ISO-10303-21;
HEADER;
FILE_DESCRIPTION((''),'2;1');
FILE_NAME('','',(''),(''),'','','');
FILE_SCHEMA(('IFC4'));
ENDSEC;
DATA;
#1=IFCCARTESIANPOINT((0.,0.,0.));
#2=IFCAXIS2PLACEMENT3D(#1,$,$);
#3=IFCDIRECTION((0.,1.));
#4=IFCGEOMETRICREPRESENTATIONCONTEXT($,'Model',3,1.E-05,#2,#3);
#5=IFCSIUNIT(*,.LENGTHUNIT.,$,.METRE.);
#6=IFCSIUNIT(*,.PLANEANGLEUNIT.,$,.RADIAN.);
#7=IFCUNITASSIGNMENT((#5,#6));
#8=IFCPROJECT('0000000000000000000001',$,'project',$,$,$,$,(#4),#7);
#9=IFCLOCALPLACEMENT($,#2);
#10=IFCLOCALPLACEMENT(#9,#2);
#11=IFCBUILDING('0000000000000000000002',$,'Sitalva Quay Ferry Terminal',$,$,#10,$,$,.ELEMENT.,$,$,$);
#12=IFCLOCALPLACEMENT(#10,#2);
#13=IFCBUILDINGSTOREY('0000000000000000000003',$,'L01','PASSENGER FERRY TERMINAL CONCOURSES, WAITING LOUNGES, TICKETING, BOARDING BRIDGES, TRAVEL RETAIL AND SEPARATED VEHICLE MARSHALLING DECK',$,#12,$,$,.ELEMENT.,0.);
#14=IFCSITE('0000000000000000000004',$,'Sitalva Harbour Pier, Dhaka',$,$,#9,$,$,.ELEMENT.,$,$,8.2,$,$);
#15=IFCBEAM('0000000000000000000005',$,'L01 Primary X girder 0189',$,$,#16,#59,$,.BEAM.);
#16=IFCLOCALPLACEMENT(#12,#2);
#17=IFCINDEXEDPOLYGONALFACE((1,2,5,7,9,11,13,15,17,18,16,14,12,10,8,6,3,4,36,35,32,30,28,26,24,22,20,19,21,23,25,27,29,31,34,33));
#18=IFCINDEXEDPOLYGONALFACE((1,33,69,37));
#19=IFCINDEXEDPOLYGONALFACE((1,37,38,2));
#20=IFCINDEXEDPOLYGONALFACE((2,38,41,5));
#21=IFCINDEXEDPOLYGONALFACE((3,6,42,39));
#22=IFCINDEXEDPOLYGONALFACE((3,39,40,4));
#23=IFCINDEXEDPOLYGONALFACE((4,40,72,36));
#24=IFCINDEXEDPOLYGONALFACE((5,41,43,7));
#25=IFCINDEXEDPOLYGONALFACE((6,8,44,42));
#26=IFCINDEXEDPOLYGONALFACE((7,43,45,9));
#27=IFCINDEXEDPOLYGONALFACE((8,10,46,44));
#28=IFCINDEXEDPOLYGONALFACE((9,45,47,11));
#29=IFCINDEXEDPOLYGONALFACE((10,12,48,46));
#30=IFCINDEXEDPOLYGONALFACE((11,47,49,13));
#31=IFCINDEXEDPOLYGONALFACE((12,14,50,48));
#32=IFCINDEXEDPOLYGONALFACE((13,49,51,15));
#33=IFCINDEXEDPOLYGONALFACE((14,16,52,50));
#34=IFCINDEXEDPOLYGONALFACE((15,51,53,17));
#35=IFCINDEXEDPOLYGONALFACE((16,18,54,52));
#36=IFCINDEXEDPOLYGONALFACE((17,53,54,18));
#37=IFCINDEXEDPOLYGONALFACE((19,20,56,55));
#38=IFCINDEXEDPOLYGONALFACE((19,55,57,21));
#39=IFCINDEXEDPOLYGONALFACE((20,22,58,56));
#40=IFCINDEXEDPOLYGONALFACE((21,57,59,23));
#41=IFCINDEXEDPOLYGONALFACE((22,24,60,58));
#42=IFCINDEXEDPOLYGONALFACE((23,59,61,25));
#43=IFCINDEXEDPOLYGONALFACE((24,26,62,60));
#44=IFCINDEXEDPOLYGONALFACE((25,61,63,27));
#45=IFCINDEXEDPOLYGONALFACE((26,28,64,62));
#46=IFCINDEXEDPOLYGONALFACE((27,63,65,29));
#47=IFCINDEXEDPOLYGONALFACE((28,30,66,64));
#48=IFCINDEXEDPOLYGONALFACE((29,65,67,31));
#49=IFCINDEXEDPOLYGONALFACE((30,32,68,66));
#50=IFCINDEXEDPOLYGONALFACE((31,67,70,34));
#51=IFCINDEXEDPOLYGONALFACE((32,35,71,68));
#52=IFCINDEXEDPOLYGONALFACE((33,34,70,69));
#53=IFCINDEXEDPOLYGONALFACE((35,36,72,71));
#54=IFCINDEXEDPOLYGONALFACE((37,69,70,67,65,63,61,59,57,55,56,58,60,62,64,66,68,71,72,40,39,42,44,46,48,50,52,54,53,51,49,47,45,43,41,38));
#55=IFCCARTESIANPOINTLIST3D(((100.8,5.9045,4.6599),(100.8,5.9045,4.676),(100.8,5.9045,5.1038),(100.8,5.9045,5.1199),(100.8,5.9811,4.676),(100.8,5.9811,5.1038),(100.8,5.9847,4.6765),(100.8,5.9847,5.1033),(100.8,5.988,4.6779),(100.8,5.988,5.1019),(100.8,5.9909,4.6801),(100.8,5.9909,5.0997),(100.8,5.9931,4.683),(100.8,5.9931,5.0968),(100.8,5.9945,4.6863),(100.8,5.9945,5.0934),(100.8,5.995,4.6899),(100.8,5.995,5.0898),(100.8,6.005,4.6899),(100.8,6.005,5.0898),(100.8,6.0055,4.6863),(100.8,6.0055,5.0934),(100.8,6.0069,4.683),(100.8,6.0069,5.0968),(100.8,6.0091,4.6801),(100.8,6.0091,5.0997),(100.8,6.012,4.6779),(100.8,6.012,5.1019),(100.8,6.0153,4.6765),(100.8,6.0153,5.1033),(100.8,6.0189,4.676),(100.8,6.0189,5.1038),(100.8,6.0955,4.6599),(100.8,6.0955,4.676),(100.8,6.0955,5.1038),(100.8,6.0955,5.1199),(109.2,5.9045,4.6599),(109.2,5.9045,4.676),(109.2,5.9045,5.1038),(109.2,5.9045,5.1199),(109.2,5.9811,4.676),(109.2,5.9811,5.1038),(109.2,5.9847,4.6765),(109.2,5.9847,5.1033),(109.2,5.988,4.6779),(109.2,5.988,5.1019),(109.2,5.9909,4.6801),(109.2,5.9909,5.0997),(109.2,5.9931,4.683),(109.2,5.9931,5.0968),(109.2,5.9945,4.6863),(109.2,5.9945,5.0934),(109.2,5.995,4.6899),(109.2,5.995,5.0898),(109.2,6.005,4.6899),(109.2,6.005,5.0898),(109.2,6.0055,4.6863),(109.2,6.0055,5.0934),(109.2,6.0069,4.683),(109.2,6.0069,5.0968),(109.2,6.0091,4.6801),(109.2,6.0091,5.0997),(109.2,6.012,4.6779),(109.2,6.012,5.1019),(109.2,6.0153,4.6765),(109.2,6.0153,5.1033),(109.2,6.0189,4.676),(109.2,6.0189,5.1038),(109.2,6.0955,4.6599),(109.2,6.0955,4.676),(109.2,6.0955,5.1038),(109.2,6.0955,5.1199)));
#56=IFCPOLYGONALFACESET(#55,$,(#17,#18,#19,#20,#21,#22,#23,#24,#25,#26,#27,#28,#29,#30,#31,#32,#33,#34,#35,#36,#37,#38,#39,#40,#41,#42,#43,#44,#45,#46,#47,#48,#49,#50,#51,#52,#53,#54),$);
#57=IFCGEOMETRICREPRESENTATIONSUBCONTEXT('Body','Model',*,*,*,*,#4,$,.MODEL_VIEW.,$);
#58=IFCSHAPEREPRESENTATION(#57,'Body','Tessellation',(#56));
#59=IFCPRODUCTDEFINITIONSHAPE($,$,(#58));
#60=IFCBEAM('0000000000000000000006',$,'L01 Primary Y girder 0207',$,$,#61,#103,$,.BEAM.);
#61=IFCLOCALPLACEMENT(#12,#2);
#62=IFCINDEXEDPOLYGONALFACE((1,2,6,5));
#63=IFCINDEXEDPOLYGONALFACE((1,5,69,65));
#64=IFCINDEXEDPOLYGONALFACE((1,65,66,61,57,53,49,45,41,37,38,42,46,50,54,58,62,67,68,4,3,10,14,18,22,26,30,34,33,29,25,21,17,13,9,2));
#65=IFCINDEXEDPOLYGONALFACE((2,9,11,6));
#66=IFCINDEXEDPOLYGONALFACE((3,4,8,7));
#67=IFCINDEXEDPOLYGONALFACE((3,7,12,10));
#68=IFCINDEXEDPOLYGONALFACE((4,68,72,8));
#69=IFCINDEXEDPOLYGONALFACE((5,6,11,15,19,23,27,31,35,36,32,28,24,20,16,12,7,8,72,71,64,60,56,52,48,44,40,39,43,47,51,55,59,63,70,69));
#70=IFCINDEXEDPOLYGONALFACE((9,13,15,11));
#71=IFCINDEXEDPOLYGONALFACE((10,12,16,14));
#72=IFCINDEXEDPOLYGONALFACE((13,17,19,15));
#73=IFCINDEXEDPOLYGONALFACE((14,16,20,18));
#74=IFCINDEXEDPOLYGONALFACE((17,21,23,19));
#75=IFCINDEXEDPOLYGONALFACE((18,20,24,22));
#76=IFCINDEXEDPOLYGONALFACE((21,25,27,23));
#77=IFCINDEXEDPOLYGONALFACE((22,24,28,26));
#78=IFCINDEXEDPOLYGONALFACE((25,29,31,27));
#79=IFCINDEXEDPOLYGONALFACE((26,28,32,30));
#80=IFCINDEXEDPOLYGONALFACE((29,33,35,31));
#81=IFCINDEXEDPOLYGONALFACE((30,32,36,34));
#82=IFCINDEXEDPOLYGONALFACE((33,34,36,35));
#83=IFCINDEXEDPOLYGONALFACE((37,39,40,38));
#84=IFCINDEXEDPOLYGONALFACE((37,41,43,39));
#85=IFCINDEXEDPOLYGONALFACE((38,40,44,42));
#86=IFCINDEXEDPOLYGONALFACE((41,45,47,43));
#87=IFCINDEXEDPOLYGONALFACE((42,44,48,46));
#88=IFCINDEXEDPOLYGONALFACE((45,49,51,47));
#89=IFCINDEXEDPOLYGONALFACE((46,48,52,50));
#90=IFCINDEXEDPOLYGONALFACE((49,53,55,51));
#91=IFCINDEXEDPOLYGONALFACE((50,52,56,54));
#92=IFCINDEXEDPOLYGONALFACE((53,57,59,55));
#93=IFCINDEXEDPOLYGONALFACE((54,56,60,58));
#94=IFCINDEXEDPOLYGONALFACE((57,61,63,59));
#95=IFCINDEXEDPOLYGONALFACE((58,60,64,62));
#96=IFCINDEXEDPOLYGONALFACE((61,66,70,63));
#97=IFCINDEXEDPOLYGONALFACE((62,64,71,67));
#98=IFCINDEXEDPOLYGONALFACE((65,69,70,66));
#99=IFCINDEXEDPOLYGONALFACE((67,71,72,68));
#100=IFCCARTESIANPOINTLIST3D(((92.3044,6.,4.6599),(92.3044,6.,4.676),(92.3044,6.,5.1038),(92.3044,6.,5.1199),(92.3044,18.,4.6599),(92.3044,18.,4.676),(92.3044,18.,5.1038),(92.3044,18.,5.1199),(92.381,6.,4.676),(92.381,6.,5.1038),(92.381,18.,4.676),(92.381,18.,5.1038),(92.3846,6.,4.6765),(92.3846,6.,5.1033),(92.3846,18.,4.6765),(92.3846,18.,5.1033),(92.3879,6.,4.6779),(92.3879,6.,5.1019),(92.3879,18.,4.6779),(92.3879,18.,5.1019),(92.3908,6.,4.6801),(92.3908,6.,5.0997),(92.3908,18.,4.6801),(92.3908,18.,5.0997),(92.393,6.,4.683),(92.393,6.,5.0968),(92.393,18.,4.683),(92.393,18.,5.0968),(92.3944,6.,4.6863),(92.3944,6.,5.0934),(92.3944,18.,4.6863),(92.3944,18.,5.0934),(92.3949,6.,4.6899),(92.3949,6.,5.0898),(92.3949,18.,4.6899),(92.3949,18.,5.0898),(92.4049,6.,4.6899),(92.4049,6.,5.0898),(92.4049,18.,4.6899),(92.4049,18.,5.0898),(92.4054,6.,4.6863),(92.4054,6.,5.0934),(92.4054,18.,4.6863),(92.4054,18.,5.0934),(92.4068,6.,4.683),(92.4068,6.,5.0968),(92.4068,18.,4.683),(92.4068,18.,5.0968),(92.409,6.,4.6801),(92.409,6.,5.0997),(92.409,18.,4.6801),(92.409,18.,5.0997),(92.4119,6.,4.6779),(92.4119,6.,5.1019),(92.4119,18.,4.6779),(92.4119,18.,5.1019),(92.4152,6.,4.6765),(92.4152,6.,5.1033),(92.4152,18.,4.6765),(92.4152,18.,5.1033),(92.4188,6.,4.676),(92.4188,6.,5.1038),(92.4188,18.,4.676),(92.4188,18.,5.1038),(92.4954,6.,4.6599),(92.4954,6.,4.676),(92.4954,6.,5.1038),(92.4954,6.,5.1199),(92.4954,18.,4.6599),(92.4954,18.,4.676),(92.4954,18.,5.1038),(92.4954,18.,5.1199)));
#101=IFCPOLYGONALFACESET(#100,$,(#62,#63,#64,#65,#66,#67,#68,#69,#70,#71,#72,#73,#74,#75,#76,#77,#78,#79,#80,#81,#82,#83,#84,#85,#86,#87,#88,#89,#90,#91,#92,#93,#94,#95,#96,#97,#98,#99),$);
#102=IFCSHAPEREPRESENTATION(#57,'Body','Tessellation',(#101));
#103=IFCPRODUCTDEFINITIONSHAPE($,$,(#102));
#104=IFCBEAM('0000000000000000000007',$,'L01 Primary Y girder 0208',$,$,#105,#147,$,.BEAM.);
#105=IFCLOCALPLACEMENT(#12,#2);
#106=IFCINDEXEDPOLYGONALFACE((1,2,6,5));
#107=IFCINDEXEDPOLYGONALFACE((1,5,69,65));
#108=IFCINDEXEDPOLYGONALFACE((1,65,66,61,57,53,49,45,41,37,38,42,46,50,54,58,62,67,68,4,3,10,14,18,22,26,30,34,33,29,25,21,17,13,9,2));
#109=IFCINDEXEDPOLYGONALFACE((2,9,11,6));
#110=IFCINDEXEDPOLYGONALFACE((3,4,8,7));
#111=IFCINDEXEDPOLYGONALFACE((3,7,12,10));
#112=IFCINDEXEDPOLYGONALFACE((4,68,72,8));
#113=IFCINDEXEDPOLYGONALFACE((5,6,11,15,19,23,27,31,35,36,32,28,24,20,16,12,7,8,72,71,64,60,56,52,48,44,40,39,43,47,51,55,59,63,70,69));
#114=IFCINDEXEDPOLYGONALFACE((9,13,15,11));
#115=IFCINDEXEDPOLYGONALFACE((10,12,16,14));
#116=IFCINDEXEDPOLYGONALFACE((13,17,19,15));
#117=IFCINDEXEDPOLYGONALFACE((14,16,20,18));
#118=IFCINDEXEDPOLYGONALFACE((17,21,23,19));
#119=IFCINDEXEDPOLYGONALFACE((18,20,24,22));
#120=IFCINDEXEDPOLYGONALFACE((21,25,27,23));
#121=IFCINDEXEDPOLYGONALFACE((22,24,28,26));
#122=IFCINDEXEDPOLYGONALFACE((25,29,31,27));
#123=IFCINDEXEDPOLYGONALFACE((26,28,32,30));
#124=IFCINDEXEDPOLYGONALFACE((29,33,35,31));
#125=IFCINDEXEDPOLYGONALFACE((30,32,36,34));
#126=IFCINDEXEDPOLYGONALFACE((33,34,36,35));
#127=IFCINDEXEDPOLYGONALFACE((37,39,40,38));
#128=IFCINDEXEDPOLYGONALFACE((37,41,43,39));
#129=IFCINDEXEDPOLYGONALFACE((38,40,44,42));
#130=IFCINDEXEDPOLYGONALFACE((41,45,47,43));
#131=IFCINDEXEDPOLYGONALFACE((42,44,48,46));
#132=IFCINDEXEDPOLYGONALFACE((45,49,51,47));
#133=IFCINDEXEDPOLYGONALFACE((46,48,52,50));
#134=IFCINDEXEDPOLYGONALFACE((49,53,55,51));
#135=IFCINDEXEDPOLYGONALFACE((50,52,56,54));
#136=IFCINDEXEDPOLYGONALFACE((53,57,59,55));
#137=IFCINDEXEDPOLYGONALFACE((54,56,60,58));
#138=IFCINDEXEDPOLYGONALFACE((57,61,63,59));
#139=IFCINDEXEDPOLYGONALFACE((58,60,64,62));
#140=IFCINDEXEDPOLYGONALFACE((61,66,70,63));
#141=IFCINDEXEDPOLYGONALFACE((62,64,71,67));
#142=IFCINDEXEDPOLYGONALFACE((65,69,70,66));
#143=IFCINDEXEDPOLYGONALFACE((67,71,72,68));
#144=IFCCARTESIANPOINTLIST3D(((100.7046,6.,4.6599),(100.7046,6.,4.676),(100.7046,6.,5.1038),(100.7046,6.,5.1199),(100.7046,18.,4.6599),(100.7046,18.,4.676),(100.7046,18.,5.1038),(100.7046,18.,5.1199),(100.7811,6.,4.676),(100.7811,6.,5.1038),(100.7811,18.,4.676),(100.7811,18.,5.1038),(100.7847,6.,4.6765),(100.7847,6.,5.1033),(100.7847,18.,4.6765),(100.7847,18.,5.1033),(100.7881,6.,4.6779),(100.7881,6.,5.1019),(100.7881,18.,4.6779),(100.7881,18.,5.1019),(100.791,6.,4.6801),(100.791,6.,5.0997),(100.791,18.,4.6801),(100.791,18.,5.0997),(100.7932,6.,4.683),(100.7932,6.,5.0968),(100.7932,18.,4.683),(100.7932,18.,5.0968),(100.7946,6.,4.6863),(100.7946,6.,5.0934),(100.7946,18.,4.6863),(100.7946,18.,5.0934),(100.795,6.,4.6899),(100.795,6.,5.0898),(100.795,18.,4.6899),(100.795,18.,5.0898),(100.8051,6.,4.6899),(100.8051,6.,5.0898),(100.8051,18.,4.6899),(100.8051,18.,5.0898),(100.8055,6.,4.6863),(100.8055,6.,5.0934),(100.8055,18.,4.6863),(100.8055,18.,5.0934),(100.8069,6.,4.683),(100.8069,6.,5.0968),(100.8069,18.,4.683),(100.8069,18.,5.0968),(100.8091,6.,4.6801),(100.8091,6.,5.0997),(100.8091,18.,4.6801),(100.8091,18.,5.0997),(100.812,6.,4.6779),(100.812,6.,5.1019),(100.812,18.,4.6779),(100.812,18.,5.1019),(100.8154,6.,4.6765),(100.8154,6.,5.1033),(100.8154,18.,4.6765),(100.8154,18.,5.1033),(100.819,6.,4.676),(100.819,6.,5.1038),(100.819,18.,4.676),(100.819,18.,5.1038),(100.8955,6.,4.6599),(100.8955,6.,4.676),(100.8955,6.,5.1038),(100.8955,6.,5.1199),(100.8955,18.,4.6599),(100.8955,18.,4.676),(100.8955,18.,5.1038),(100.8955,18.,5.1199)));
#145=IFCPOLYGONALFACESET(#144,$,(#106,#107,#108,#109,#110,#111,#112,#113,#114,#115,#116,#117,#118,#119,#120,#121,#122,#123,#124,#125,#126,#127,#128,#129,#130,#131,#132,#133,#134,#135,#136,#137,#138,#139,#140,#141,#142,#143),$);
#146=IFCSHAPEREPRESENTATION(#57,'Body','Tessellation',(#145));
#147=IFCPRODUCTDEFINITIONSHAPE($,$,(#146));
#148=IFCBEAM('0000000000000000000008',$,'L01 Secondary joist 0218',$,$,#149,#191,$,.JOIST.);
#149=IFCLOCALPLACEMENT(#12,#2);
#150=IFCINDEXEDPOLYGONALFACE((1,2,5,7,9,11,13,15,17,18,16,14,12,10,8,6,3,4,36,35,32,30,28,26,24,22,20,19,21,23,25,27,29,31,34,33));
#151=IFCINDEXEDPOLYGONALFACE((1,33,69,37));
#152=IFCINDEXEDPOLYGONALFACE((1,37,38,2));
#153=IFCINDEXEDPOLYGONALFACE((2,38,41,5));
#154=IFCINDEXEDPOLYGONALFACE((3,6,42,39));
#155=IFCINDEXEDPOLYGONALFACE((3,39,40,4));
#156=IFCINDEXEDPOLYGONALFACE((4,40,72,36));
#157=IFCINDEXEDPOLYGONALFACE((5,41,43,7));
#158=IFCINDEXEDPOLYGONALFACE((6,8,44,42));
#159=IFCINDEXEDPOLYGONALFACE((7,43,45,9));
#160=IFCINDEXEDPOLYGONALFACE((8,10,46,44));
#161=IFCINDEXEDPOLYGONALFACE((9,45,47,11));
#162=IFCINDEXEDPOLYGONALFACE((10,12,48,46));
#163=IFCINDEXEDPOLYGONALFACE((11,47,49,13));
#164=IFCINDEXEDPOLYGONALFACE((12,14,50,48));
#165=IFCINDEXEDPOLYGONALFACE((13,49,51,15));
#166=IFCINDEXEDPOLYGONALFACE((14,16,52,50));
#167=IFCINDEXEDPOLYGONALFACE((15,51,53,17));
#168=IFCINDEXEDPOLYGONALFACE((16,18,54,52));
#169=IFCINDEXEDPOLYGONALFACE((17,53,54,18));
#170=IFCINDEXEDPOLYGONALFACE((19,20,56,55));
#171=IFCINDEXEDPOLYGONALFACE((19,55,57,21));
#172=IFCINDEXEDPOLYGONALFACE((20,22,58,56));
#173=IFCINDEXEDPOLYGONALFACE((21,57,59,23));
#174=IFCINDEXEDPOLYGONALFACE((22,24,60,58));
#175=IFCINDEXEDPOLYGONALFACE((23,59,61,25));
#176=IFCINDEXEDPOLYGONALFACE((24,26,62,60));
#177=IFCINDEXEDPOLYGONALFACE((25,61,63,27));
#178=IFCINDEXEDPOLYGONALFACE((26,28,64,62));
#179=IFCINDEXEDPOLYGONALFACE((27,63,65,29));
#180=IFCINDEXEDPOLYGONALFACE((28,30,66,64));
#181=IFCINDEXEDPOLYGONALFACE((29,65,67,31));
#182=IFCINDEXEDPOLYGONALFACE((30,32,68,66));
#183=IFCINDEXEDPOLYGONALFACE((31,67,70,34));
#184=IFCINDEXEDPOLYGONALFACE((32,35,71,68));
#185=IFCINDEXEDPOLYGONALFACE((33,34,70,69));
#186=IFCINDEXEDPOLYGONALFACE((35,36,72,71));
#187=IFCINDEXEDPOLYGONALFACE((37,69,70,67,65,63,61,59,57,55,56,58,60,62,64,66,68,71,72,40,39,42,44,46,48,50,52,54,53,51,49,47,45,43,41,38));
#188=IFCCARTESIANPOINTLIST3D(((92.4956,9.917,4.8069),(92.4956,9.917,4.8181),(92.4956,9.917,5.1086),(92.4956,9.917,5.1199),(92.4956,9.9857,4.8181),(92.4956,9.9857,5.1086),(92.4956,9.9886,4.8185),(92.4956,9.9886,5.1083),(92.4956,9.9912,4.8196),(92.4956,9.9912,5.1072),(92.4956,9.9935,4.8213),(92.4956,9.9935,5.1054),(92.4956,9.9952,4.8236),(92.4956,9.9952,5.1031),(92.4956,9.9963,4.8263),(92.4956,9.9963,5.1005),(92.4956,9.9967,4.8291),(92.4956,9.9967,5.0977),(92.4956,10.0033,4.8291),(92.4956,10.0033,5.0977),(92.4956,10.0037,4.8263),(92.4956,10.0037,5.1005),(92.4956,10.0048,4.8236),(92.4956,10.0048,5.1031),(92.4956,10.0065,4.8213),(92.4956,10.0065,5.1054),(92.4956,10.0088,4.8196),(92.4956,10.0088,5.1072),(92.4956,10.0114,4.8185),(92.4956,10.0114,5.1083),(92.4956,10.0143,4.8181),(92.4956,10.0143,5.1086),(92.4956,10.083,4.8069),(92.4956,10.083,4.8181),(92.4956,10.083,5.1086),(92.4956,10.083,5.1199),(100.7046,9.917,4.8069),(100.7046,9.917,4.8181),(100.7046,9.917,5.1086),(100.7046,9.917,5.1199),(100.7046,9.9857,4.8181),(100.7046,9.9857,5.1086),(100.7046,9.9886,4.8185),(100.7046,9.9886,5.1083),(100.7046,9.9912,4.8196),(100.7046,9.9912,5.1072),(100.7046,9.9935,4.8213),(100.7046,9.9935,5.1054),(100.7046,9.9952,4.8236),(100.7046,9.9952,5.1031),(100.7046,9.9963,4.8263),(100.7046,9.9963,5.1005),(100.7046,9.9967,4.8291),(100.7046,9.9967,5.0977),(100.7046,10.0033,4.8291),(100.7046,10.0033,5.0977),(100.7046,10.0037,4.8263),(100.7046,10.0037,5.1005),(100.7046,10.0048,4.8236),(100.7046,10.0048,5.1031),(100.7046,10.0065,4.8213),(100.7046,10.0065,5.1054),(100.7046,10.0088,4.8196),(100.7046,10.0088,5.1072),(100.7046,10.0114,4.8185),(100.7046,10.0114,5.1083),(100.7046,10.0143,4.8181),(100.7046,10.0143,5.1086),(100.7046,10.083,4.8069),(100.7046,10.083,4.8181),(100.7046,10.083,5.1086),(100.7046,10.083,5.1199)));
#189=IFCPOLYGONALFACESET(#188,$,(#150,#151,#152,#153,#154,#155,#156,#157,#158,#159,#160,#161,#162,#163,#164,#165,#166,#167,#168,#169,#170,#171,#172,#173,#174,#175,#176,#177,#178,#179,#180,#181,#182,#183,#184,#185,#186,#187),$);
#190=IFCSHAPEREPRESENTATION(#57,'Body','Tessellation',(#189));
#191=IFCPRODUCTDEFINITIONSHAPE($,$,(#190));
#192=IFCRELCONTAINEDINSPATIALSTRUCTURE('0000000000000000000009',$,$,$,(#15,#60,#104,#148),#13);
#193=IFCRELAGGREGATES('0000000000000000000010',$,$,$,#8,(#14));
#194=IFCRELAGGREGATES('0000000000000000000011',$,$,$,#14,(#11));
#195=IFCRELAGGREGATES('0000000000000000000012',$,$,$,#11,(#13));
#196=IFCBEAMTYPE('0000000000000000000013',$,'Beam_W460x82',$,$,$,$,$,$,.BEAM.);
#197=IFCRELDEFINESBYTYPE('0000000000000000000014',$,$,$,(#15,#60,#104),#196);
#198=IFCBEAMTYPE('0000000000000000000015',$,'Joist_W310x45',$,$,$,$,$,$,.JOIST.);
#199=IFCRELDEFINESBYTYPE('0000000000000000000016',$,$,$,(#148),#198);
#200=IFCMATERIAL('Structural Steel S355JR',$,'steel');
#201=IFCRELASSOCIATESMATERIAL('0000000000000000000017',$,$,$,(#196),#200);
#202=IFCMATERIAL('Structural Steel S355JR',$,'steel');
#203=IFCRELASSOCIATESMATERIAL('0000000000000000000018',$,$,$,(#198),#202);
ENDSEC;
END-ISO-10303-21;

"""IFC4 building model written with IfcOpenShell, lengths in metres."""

from ifc_helpers import new_model, si_unit, direction, frame, origin, origin_2d, place, context, subcontext, project, spatial, i_section, extrude, material, material_profile, profile_set, type_object, element, save


model = new_model("IFC4")

# Units and contexts
model_context = context("Model", 3, precision=1e-05, world=origin(), true_north=direction((0.0, 1.0)))
body_context = subcontext(model_context, "Body", "Model", "MODEL_VIEW")
ifc_project = project(units=[si_unit("LENGTHUNIT", "METRE"), si_unit("PLANEANGLEUNIT", "RADIAN")], contexts=[model_context])

# Site, building, storey
site_placement = place(None, origin())
site = spatial("IfcSite", under=ifc_project, at=site_placement, Name="Sitalva Harbour Pier, Dhaka", CompositionType="ELEMENT", RefElevation=8.2)
building_placement = place(site_placement, origin())
building = spatial("IfcBuilding", under=site, at=building_placement, Name="Sitalva Quay Ferry Terminal", CompositionType="ELEMENT")
storey_placement = place(building_placement, origin())
storey = spatial("IfcBuildingStorey", under=building, at=storey_placement, Name="L01", Description="PASSENGER FERRY TERMINAL CONCOURSES, WAITING LOUNGES, TICKETING, BOARDING BRIDGES, TRAVEL RETAIL AND SEPARATED VEHICLE MARSHALLING DECK", CompositionType="ELEMENT", Elevation=0.0)

# Beams
ifc_material_1 = material(Name="Structural Steel S355JR", Category="steel")
ifc_material_profile_1 = material_profile(ifc_material_1, i_section(OverallWidth=0.1909, OverallDepth=0.46, WebThickness=0.01, FlangeThickness=0.0161, FilletRadius=0.0139, at=origin_2d()), Name="W460x82")
ifc_profile_set_1 = profile_set([ifc_material_profile_1], Name="Structural Steel S355JR")
beam_type_1 = type_object("IfcBeamType", Name="Beam_W460x82", PredefinedType="BEAM", material=ifc_profile_set_1)
beam_1_placement = place(storey_placement, frame((100.8, 6.0, 4.8899), z_axis=(1.0, 0.0, 0.0), x_axis=(0.0, 1.0, 0.0)))
element("IfcBeam", 1, at=beam_1_placement, inside=storey, type_object=beam_type_1, Name="L01 Primary X girder 0189", PredefinedType="BEAM", context=body_context, shape_type="SweptSolid", body=[
    extrude(i_section(OverallWidth=0.1909, OverallDepth=0.46, WebThickness=0.01, FlangeThickness=0.0161, FilletRadius=0.0139, at=origin_2d()), origin(), (0.0, 0.0, 1.0), 8.3999),
])
for number, where, z_axis, x_axis, name in (
    (2, (92.3999, 6.0, 4.8899), (0.0, 1.0, 0.0), (-1.0, 0.0, 0.0), "L01 Primary Y girder 0207"),
    (3, (100.8, 6.0, 4.8899), (0.0, 1.0, 0.0), (-1.0, 0.0, 0.0), "L01 Primary Y girder 0208"),
):
    element("IfcBeam", number, at=place(storey_placement, frame(where, z_axis=z_axis, x_axis=x_axis)), inside=storey, type_object=beam_type_1, Name=name, PredefinedType="BEAM", context=body_context, shape_type="SweptSolid", body=[
        extrude(i_section(OverallWidth=0.1909, OverallDepth=0.46, WebThickness=0.01, FlangeThickness=0.0161, FilletRadius=0.0139, at=origin_2d()), origin(), (0.0, 0.0, 1.0), 12.0),
    ])
ifc_material_2 = material(Name="Structural Steel S355JR", Category="steel")
ifc_material_profile_2 = material_profile(ifc_material_2, i_section(OverallWidth=0.166, OverallDepth=0.313, WebThickness=0.0066, FlangeThickness=0.0112, FilletRadius=0.011, at=origin_2d()), Name="W310x45")
ifc_profile_set_2 = profile_set([ifc_material_profile_2], Name="Structural Steel S355JR")
beam_type_2 = type_object("IfcBeamType", Name="Joist_W310x45", PredefinedType="JOIST", material=ifc_profile_set_2)
for number, where, z_axis, x_axis, name in (
    (4, (92.4956, 10.0, 4.9634), (1.0, 0.0, 0.0), (0.0, 1.0, 0.0), "L01 Secondary joist 0218"),
):
    element("IfcBeam", number, at=place(storey_placement, frame(where, z_axis=z_axis, x_axis=x_axis)), inside=storey, type_object=beam_type_2, Name=name, PredefinedType="JOIST", context=body_context, shape_type="SweptSolid", body=[
        extrude(i_section(OverallWidth=0.166, OverallDepth=0.313, WebThickness=0.0066, FlangeThickness=0.0112, FilletRadius=0.011, at=origin_2d()), origin(), (0.0, 0.0, 1.0), 8.209),
    ])

save(model, "model.ifc")
